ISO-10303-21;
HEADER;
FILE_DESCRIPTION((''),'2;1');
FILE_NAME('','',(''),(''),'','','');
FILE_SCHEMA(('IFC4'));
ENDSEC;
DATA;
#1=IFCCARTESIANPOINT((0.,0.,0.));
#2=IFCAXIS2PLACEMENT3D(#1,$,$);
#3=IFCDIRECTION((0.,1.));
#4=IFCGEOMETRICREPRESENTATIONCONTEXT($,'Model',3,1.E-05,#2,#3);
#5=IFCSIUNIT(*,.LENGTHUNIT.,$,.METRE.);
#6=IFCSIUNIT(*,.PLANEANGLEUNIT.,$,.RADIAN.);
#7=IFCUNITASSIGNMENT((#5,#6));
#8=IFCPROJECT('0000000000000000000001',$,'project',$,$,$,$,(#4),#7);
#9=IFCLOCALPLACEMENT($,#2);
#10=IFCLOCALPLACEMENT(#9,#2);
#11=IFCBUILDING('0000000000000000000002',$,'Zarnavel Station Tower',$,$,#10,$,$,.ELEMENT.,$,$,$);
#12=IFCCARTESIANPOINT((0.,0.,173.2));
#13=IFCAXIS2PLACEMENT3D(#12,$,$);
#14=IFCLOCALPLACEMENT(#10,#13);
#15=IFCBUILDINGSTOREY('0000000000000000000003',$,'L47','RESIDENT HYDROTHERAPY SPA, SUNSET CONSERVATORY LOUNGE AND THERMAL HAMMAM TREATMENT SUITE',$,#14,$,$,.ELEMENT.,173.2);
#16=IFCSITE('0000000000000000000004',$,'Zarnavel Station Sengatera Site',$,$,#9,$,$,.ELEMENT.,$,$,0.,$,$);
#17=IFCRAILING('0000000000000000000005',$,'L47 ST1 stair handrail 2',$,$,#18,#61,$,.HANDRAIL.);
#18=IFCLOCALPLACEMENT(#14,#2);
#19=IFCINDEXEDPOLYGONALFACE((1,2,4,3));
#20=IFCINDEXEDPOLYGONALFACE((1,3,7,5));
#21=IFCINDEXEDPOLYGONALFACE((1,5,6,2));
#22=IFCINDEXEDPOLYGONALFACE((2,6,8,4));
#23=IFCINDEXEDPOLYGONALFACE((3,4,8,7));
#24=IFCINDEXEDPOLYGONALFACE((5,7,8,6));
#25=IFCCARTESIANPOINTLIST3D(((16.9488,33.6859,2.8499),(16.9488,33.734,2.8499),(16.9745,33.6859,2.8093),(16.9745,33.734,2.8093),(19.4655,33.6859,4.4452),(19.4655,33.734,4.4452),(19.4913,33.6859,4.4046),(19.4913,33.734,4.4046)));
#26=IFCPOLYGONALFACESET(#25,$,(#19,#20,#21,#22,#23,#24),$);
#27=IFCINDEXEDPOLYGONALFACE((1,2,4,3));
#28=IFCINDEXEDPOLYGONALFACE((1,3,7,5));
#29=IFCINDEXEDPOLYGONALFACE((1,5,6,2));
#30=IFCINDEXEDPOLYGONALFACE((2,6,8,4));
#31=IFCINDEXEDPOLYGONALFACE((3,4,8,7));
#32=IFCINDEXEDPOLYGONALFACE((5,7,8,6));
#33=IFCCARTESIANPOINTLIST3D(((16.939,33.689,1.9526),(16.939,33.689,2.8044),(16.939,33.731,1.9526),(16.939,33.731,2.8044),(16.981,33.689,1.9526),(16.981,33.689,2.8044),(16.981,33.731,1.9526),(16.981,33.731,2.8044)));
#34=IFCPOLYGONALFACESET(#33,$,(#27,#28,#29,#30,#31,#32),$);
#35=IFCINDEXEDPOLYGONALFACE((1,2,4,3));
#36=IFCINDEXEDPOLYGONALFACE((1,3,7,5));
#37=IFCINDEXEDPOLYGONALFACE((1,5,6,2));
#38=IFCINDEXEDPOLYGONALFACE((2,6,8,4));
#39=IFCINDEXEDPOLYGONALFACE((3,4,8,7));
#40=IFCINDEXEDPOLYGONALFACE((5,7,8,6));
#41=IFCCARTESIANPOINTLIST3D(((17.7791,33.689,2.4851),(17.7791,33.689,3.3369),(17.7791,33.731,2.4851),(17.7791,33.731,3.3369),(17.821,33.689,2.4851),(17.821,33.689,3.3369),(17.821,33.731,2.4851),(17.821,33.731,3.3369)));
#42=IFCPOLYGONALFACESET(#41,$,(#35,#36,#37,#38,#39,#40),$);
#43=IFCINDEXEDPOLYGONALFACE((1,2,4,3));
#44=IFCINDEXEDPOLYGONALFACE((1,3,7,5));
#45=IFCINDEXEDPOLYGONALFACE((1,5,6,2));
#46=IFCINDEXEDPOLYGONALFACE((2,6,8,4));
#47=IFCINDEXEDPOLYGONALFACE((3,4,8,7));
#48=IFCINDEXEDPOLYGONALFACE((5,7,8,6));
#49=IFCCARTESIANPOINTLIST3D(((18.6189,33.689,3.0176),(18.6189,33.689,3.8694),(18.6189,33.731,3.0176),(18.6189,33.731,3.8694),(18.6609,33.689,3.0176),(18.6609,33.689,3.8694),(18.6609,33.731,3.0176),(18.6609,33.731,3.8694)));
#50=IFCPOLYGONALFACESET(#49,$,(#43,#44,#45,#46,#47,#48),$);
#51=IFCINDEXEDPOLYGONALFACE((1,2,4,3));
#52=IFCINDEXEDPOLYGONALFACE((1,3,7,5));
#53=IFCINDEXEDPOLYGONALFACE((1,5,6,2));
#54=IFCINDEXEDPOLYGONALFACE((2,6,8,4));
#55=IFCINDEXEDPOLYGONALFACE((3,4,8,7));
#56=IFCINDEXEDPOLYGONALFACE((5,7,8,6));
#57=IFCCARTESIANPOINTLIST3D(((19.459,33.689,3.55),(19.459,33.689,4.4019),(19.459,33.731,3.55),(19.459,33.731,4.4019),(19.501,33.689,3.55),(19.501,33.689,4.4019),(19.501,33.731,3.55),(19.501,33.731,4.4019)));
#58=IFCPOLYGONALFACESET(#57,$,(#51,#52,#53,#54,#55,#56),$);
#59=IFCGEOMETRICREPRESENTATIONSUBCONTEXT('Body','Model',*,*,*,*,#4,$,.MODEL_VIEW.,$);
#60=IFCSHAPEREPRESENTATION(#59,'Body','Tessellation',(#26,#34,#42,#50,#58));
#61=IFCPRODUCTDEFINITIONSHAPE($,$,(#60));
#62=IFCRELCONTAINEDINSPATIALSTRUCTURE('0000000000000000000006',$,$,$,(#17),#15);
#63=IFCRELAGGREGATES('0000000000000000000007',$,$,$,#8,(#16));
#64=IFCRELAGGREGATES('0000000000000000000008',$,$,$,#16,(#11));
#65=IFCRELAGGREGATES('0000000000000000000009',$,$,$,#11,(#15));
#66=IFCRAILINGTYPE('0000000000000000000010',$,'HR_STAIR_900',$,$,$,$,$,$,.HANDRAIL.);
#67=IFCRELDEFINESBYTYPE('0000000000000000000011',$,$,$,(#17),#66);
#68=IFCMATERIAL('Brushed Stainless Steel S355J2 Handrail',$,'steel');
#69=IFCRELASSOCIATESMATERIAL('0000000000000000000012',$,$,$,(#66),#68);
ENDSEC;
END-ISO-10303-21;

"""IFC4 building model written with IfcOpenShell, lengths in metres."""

from ifc_helpers import new_model, si_unit, direction, frame, origin, origin_2d, place, context, subcontext, project, spatial, rectangle, extrude, material, type_object, element, save


model = new_model("IFC4")

# Units and contexts
model_context = context("Model", 3, precision=1e-05, world=origin(), true_north=direction((0.0, 1.0)))
body_context = subcontext(model_context, "Body", "Model", "MODEL_VIEW")
ifc_project = project(units=[si_unit("LENGTHUNIT", "METRE"), si_unit("PLANEANGLEUNIT", "RADIAN")], contexts=[model_context])

# Site, building, storey
site_placement = place(None, origin())
site = spatial("IfcSite", under=ifc_project, at=site_placement, Name="Zarnavel Station Sengatera Site", CompositionType="ELEMENT", RefElevation=0.0)
building_placement = place(site_placement, origin())
building = spatial("IfcBuilding", under=site, at=building_placement, Name="Zarnavel Station Tower", CompositionType="ELEMENT")
storey_placement = place(building_placement, frame((0.0, 0.0, 173.2)))
storey = spatial("IfcBuildingStorey", under=building, at=storey_placement, Name="L47", Description="RESIDENT HYDROTHERAPY SPA, SUNSET CONSERVATORY LOUNGE AND THERMAL HAMMAM TREATMENT SUITE", CompositionType="ELEMENT", Elevation=173.2)

# Railing
ifc_material_1 = material(Name="Brushed Stainless Steel S355J2 Handrail", Category="steel")
railing_type_1 = type_object("IfcRailingType", Name="HR_STAIR_900", PredefinedType="HANDRAIL", material=ifc_material_1)
railing_1_placement = place(storey_placement, frame((16.96, 33.71, 1.9526)))
element("IfcRailing", 1, at=railing_1_placement, inside=storey, type_object=railing_type_1, Name="L47 ST1 stair handrail 2", PredefinedType="HANDRAIL", context=body_context, shape_type="SweptSolid", body=[
    extrude(rectangle(XDim=0.0481, YDim=0.0481, at=origin_2d()), frame((0.0017, 0.0, 0.877), z_axis=(0.844607, 0.0, 0.535387), x_axis=(0.0, 1.0, 0.0)), (0.0, 0.0, 1.0), 2.9797),
    extrude(rectangle(XDim=0.042, YDim=0.042, at=origin_2d()), origin(), (0.0, 0.0, 1.0), 0.8518),
    extrude(rectangle(XDim=0.042, YDim=0.042, at=origin_2d()), frame((0.8401, 0.0, 0.5325)), (0.0, 0.0, 1.0), 0.8518),
    extrude(rectangle(XDim=0.042, YDim=0.042, at=origin_2d()), frame((1.6799, 0.0, 1.0649)), (0.0, 0.0, 1.0), 0.8518),
    extrude(rectangle(XDim=0.042, YDim=0.042, at=origin_2d()), frame((2.52, 0.0, 1.5974)), (0.0, 0.0, 1.0), 0.8518),
])

save(model, "model.ifc")
